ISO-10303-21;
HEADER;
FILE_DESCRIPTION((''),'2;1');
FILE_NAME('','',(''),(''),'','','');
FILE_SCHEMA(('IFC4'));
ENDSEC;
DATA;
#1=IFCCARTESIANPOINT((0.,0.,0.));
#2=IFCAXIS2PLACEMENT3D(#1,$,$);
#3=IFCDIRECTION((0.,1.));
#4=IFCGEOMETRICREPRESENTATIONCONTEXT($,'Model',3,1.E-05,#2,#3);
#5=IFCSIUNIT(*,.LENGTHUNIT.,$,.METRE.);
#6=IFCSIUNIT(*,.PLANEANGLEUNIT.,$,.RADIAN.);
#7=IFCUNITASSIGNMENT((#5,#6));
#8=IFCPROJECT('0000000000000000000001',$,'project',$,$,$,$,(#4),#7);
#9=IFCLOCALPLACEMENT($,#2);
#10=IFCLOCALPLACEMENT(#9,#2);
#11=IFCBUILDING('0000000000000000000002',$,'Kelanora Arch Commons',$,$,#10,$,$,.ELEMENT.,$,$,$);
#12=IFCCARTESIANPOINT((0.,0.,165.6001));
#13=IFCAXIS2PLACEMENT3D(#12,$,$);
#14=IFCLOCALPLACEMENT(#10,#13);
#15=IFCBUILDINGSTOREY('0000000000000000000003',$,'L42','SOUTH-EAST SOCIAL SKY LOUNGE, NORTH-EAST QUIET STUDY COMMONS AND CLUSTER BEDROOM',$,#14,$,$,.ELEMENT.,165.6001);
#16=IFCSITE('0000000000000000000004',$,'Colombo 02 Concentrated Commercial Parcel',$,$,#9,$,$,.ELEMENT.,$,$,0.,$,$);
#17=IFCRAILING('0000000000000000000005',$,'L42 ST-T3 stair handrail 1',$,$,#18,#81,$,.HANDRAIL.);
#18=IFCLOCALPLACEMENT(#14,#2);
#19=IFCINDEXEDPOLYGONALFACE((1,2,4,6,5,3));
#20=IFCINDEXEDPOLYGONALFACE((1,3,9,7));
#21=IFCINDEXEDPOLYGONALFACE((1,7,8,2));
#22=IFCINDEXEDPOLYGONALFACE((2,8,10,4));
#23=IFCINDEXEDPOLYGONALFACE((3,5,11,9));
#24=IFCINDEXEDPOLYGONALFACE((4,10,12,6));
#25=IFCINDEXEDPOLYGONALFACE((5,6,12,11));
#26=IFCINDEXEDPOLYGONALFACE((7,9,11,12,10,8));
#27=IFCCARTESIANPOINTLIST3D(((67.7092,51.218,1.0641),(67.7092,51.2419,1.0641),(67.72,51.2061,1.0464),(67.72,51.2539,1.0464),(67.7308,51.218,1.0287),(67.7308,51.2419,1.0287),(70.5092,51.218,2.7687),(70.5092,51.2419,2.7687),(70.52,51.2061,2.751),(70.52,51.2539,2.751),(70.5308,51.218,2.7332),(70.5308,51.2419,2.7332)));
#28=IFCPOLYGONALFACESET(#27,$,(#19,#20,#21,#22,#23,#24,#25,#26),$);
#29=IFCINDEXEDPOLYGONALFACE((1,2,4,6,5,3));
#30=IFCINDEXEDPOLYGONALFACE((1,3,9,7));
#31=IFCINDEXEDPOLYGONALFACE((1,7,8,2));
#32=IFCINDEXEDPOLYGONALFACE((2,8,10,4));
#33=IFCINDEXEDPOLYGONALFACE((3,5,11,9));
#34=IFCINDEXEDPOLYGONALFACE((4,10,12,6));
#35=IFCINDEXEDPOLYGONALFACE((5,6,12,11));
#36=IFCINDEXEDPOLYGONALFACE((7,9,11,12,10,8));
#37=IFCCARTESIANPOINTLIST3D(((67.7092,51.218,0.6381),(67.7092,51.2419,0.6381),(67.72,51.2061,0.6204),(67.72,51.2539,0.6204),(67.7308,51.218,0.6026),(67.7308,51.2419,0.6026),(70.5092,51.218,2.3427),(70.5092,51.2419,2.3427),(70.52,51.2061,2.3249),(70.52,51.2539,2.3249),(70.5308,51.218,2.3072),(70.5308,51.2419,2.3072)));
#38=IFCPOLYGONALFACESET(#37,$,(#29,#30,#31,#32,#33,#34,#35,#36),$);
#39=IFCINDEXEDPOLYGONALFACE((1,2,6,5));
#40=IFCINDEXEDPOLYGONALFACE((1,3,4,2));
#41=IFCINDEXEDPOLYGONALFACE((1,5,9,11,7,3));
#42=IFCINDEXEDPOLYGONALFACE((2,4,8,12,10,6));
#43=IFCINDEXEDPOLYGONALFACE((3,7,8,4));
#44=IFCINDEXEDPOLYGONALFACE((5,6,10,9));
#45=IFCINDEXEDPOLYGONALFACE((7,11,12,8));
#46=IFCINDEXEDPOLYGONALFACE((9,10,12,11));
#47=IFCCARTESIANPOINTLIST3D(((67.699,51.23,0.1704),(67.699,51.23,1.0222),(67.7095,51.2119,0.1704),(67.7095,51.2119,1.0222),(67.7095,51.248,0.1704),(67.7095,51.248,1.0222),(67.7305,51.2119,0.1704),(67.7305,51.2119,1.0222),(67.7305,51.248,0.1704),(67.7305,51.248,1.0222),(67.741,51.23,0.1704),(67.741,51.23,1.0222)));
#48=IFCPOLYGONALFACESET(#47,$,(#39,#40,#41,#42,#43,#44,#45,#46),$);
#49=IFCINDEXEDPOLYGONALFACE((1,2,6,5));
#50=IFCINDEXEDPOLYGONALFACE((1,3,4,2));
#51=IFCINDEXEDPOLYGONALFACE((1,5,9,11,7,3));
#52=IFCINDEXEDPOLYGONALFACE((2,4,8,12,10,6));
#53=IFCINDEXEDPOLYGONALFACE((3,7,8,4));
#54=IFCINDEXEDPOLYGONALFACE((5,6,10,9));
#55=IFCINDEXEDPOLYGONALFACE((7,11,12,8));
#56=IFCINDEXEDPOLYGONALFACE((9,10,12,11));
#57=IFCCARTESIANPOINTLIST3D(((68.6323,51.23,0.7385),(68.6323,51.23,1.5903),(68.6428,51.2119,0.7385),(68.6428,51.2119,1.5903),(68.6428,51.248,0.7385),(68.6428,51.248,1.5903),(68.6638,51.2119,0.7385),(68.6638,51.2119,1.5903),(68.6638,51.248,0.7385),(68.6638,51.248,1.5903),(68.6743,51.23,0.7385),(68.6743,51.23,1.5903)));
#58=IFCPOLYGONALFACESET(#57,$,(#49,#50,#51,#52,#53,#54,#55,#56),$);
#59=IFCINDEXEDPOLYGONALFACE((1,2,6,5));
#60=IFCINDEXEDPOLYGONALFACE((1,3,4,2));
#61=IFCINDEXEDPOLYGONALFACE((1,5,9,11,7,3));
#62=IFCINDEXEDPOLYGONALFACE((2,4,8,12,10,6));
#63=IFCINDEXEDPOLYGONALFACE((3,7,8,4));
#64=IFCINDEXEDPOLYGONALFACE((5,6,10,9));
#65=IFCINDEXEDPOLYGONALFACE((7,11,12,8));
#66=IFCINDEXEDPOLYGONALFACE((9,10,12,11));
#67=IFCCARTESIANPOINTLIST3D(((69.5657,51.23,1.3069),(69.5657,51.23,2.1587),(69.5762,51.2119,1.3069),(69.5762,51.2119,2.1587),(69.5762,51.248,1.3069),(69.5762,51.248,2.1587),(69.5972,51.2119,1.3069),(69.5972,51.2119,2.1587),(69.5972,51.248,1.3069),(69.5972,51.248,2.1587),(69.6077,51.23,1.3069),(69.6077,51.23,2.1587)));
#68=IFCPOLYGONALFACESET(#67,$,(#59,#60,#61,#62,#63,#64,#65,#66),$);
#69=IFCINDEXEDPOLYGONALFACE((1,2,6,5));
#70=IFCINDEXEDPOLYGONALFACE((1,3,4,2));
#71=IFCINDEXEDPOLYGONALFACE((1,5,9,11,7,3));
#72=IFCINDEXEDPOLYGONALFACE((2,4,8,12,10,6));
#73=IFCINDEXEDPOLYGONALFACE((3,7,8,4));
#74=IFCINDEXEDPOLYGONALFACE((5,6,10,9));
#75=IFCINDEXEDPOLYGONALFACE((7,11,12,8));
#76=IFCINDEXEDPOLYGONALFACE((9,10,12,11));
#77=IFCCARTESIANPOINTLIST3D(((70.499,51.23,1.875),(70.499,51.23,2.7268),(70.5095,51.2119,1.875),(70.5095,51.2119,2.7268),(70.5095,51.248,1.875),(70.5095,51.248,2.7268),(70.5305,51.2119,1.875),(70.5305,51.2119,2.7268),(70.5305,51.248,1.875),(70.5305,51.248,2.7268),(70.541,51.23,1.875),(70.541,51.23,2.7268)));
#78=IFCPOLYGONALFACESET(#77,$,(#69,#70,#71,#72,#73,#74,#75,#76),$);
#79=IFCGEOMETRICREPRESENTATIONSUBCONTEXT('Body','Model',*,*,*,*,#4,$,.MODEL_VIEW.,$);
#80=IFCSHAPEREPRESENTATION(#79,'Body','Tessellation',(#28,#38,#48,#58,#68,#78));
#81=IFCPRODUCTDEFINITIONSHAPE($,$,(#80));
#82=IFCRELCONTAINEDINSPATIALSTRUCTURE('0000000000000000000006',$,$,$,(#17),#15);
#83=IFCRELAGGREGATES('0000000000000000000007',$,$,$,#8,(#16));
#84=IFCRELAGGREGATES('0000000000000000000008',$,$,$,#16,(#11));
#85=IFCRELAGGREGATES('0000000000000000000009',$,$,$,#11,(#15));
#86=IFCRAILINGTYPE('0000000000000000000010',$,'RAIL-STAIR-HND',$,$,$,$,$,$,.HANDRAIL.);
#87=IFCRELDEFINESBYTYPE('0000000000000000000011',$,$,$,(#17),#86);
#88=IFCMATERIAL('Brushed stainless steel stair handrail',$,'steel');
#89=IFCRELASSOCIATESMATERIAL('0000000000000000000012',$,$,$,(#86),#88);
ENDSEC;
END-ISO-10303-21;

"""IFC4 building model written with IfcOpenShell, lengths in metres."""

from ifc_helpers import new_model, si_unit, direction, frame, origin, place, context, subcontext, project, spatial, polyline, outline, extrude, material, type_object, element, save


model = new_model("IFC4")

# Units and contexts
model_context = context("Model", 3, precision=1e-05, world=origin(), true_north=direction((0.0, 1.0)))
body_context = subcontext(model_context, "Body", "Model", "MODEL_VIEW")
ifc_project = project(units=[si_unit("LENGTHUNIT", "METRE"), si_unit("PLANEANGLEUNIT", "RADIAN")], contexts=[model_context])

# Site, building, storey
site_placement = place(None, origin())
site = spatial("IfcSite", under=ifc_project, at=site_placement, Name="Colombo 02 Concentrated Commercial Parcel", CompositionType="ELEMENT", RefElevation=0.0)
building_placement = place(site_placement, origin())
building = spatial("IfcBuilding", under=site, at=building_placement, Name="Kelanora Arch Commons", CompositionType="ELEMENT")
storey_placement = place(building_placement, frame((0.0, 0.0, 165.6001)))
storey = spatial("IfcBuildingStorey", under=building, at=storey_placement, Name="L42", Description="SOUTH-EAST SOCIAL SKY LOUNGE, NORTH-EAST QUIET STUDY COMMONS AND CLUSTER BEDROOM", CompositionType="ELEMENT", Elevation=165.6001)

# Railing
ifc_material_1 = material(Name="Brushed stainless steel stair handrail", Category="steel")
railing_type_1 = type_object("IfcRailingType", Name="RAIL-STAIR-HND", PredefinedType="HANDRAIL", material=ifc_material_1)
railing_1_placement = place(storey_placement, frame((67.72, 51.23, 0.1704)))
element("IfcRailing", 1, at=railing_1_placement, inside=storey, type_object=railing_type_1, Name="L42 ST-T3 stair handrail 1", PredefinedType="HANDRAIL", context=body_context, shape_type="SweptSolid", body=[
    extrude(outline(polyline([(0.0239, 0.0), (0.012, 0.0208), (-0.012, 0.0208), (-0.0239, 0.0), (-0.012, -0.0208), (0.012, -0.0208), (0.0239, 0.0)])), frame((0.0, 0.0, 0.876), z_axis=(0.85417, 0.0, 0.519994), x_axis=(0.0, 1.0, 0.0)), (0.0, 0.0, 1.0), 3.2781),
    extrude(outline(polyline([(0.0239, 0.0), (0.012, 0.0208), (-0.012, 0.0208), (-0.0239, 0.0), (-0.012, -0.0208), (0.012, -0.0208), (0.0239, 0.0)])), frame((0.0, 0.0, 0.45), z_axis=(0.85417, 0.0, 0.519994), x_axis=(0.0, 1.0, 0.0)), (0.0, 0.0, 1.0), 3.2781),
    extrude(outline(polyline([(0.021, 0.0), (0.0105, 0.0181), (-0.0105, 0.0181), (-0.021, 0.0), (-0.0105, -0.0181), (0.0105, -0.0181), (0.021, 0.0)])), origin(), (0.0, 0.0, 1.0), 0.8518),
    extrude(outline(polyline([(0.021, 0.0), (0.0105, 0.0181), (-0.0105, 0.0181), (-0.021, 0.0), (-0.0105, -0.0181), (0.0105, -0.0181), (0.021, 0.0)])), frame((0.9333, 0.0, 0.5681)), (0.0, 0.0, 1.0), 0.8518),
    extrude(outline(polyline([(0.021, 0.0), (0.0105, 0.0181), (-0.0105, 0.0181), (-0.021, 0.0), (-0.0105, -0.0181), (0.0105, -0.0181), (0.021, 0.0)])), frame((1.8667, 0.0, 1.1365)), (0.0, 0.0, 1.0), 0.8518),
    extrude(outline(polyline([(0.021, 0.0), (0.0105, 0.0181), (-0.0105, 0.0181), (-0.021, 0.0), (-0.0105, -0.0181), (0.0105, -0.0181), (0.021, 0.0)])), frame((2.8, 0.0, 1.7046)), (0.0, 0.0, 1.0), 0.8518),
])

save(model, "model.ifc")
